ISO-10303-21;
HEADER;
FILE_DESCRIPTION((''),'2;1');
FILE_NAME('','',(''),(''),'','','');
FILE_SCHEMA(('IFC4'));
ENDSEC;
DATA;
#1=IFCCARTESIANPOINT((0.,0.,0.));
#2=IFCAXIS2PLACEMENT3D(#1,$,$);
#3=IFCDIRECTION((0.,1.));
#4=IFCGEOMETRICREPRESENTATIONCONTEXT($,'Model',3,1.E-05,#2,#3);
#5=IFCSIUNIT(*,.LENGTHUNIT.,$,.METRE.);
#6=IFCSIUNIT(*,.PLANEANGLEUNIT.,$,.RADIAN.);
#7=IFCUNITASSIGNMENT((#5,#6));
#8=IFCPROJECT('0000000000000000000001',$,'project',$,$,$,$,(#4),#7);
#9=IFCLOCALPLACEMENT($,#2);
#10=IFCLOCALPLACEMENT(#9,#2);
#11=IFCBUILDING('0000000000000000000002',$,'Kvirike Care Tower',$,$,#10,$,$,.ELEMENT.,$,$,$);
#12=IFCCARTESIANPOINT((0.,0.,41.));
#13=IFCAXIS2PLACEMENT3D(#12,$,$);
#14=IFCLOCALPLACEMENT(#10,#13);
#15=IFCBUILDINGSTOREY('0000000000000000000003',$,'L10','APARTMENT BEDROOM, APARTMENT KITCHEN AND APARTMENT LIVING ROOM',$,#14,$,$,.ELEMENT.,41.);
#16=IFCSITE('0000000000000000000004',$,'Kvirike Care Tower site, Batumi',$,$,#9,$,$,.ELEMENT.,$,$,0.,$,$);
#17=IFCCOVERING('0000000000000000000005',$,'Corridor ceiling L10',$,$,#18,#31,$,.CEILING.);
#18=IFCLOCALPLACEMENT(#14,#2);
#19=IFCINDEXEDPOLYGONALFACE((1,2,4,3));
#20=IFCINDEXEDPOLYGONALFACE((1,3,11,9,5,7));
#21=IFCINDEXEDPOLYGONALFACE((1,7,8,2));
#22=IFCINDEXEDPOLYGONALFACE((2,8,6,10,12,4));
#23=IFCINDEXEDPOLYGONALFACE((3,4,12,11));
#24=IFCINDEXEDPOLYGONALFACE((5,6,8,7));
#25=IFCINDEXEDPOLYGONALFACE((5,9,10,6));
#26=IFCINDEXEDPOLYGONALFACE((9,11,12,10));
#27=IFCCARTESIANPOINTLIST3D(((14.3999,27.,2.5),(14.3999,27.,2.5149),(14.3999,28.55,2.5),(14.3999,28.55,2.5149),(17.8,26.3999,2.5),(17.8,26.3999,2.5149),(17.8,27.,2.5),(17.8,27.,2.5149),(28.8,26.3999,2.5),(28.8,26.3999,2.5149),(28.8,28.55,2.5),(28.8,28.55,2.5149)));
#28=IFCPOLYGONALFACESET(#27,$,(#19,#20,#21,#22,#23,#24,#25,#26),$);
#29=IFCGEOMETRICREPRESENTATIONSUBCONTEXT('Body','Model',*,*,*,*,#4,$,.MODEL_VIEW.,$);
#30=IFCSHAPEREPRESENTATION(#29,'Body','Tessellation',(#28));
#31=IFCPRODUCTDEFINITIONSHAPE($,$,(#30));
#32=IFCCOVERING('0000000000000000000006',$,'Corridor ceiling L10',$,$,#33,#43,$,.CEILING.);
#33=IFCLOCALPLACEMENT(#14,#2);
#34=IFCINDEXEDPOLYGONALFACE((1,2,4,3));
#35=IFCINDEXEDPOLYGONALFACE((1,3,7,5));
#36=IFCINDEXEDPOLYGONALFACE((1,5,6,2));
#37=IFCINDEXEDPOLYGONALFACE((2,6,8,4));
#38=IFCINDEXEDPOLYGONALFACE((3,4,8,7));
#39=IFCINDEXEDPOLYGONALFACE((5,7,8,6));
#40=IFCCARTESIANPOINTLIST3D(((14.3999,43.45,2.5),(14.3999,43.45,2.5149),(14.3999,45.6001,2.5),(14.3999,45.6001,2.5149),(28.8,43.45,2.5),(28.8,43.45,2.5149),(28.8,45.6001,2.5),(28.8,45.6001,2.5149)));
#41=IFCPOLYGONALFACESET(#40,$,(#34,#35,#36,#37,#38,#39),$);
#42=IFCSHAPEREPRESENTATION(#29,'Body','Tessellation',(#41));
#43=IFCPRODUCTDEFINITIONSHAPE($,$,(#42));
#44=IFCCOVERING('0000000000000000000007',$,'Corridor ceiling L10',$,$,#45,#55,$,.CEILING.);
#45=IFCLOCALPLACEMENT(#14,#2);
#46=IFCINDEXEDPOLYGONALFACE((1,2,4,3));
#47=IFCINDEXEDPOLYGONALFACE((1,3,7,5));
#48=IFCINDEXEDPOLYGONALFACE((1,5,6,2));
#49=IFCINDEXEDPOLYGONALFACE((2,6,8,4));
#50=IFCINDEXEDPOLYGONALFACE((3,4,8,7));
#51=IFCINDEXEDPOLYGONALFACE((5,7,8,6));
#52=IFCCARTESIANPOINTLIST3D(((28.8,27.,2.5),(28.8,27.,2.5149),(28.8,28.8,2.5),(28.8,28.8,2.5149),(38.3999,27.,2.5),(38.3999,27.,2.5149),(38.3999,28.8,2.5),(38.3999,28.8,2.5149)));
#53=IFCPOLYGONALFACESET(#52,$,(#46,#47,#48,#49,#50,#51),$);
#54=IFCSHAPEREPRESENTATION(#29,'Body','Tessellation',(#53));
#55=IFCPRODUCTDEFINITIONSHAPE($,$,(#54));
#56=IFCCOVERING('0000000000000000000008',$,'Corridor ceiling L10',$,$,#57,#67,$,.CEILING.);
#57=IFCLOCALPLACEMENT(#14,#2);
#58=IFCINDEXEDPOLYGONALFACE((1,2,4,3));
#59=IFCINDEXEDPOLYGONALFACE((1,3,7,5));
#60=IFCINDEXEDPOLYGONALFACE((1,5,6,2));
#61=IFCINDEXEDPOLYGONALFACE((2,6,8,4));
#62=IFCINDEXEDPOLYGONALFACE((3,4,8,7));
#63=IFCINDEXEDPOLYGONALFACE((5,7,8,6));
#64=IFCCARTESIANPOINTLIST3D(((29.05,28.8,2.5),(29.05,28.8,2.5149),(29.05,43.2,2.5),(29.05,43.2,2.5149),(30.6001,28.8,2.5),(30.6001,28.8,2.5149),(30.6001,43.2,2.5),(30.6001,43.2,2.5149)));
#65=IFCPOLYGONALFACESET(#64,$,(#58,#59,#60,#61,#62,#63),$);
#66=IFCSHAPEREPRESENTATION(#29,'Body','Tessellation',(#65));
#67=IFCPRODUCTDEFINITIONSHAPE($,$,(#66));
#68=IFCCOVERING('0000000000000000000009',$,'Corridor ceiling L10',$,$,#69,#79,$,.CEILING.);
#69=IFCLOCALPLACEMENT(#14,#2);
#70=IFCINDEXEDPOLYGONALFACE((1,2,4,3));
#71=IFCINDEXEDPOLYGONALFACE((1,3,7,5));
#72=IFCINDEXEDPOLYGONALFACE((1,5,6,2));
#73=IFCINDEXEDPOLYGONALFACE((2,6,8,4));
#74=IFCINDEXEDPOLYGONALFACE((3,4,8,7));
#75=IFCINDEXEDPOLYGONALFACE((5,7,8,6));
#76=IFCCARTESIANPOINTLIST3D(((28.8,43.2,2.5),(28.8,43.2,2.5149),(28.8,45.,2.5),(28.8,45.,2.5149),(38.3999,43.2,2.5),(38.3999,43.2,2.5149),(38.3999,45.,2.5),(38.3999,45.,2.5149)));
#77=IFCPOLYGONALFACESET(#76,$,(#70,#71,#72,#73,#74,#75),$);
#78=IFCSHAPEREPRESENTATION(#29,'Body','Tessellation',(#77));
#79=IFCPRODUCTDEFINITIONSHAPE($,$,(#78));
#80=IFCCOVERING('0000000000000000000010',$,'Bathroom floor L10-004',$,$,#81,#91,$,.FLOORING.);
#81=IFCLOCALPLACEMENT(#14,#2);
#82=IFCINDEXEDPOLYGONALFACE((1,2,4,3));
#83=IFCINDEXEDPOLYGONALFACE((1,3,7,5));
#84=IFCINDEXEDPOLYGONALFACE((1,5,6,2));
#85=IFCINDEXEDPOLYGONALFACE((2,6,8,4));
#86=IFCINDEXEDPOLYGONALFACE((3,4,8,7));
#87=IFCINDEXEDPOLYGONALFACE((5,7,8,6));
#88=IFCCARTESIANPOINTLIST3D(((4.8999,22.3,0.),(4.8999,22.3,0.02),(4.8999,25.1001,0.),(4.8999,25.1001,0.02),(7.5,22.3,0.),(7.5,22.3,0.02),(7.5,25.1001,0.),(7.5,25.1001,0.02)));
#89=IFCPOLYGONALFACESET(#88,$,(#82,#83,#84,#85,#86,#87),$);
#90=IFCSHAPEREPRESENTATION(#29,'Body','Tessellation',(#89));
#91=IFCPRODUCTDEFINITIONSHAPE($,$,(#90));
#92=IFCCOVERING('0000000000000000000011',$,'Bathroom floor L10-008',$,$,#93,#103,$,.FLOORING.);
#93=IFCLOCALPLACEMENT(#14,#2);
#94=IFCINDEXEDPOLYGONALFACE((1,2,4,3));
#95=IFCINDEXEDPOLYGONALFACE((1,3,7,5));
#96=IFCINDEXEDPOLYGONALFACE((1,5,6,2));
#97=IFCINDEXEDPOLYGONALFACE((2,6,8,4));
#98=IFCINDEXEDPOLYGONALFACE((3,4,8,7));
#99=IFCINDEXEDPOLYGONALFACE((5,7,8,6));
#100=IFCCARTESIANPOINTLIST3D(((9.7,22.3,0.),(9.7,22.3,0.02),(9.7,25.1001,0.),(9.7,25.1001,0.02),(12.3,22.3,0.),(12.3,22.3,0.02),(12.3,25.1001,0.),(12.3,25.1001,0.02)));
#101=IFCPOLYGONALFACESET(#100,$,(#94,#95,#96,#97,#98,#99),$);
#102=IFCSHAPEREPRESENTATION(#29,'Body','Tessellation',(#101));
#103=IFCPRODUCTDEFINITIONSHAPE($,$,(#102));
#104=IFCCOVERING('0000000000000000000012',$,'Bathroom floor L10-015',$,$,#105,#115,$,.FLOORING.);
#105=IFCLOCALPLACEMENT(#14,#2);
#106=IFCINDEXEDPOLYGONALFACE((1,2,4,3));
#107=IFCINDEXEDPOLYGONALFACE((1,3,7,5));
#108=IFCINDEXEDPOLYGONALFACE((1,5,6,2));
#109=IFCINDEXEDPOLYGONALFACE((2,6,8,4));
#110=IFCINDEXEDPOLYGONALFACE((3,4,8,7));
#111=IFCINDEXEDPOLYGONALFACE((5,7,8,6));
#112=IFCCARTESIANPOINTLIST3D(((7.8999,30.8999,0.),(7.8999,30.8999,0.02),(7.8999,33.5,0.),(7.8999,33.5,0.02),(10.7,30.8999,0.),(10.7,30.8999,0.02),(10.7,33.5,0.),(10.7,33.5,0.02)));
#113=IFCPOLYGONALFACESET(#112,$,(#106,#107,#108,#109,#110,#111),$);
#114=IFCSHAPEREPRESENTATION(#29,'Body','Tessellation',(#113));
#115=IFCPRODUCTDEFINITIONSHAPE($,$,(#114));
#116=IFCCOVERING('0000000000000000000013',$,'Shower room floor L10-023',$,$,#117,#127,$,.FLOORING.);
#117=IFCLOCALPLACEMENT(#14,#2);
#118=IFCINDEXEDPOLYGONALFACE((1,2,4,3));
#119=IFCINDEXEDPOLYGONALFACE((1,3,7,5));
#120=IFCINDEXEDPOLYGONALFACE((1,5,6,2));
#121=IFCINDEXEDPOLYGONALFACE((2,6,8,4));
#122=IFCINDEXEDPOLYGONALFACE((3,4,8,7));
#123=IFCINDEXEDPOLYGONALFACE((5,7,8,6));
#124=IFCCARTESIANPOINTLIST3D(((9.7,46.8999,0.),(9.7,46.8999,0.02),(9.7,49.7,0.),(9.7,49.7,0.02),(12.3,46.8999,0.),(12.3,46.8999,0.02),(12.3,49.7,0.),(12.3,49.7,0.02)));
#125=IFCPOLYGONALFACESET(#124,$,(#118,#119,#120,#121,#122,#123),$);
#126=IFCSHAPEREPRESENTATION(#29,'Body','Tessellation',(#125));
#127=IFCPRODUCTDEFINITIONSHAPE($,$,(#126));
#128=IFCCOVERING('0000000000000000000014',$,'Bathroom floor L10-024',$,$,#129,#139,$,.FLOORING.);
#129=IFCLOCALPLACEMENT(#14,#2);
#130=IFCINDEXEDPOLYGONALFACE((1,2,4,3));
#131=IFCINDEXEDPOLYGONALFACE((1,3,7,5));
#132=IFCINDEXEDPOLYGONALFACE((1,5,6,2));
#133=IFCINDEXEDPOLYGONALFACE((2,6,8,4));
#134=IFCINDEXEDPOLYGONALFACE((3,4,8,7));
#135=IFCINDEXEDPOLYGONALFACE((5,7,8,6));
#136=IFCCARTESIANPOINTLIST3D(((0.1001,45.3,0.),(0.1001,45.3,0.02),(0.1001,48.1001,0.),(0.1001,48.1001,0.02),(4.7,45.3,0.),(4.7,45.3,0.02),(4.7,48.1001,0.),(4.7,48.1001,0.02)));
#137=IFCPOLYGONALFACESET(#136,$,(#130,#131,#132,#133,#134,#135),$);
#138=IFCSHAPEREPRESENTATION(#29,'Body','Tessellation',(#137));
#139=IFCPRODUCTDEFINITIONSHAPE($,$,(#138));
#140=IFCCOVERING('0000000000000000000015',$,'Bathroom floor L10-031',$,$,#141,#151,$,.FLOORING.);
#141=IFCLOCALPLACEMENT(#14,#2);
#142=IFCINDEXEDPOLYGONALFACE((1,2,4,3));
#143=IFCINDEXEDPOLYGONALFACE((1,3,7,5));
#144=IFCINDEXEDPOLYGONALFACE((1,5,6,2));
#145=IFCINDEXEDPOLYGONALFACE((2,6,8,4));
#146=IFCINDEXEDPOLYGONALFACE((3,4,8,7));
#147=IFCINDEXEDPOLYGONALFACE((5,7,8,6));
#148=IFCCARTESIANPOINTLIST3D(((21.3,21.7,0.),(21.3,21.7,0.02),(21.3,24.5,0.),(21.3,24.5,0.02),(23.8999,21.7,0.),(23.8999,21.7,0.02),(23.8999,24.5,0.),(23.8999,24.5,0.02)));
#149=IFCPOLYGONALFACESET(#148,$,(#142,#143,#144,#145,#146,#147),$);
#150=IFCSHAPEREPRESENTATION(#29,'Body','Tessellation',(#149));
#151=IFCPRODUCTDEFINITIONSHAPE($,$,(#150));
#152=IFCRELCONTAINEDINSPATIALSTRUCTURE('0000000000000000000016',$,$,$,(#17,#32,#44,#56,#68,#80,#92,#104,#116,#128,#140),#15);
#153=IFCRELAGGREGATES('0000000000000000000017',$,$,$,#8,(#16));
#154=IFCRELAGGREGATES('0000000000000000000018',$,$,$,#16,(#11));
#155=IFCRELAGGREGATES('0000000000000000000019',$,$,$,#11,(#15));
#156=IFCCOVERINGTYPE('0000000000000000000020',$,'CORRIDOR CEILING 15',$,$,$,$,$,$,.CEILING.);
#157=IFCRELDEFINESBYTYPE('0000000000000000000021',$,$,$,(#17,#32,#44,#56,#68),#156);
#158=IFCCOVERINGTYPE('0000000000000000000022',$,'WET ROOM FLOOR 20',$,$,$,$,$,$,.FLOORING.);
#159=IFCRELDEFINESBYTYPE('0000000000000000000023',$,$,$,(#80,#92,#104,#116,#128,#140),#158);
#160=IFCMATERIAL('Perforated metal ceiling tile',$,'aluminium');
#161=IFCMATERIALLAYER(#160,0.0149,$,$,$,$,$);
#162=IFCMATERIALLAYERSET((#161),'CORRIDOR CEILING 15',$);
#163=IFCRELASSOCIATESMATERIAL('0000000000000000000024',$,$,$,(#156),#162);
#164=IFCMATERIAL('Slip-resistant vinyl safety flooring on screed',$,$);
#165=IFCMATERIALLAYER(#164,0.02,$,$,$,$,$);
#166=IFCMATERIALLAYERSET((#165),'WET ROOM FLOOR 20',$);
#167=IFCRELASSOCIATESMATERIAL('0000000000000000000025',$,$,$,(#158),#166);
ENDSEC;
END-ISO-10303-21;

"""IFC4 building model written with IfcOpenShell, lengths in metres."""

from ifc_helpers import new_model, si_unit, direction, frame, origin, place, context, subcontext, project, spatial, polyline, outline, extrude, material, layer, layer_set, type_object, element, save


model = new_model("IFC4")

# Units and contexts
model_context = context("Model", 3, precision=1e-05, world=origin(), true_north=direction((0.0, 1.0)))
body_context = subcontext(model_context, "Body", "Model", "MODEL_VIEW")
ifc_project = project(units=[si_unit("LENGTHUNIT", "METRE"), si_unit("PLANEANGLEUNIT", "RADIAN")], contexts=[model_context])

# Site, building, storey
site_placement = place(None, origin())
site = spatial("IfcSite", under=ifc_project, at=site_placement, Name="Kvirike Care Tower site, Batumi", CompositionType="ELEMENT", RefElevation=0.0)
building_placement = place(site_placement, origin())
building = spatial("IfcBuilding", under=site, at=building_placement, Name="Kvirike Care Tower", CompositionType="ELEMENT")
storey_placement = place(building_placement, frame((0.0, 0.0, 41.0)))
storey = spatial("IfcBuildingStorey", under=building, at=storey_placement, Name="L10", Description="APARTMENT BEDROOM, APARTMENT KITCHEN AND APARTMENT LIVING ROOM", CompositionType="ELEMENT", Elevation=41.0)

# Coverings
ifc_material_1 = material(Name="Perforated metal ceiling tile", Category="aluminium")
ifc_layer_1 = layer(ifc_material_1, 0.0149)
ifc_layer_set_1 = layer_set([ifc_layer_1], Name="CORRIDOR CEILING 15")
covering_type_1 = type_object("IfcCoveringType", Name="CORRIDOR CEILING 15", PredefinedType="CEILING", material=ifc_layer_set_1)
covering_1_placement = place(storey_placement, frame((0.0, 0.0, 2.5)))
element("IfcCovering", 1, at=covering_1_placement, inside=storey, type_object=covering_type_1, Name="Corridor ceiling L10", PredefinedType="CEILING", context=body_context, shape_type="SweptSolid", body=[
    extrude(outline(polyline([(14.3999, 28.55), (28.8, 28.55), (28.8, 26.3999), (17.8, 26.3999), (17.8, 27.0), (14.3999, 27.0), (14.3999, 28.55)])), origin(), (0.0, 0.0, 1.0), 0.0149),
])
covering_2_placement = place(storey_placement, frame((0.0, 0.0, 2.5)))
element("IfcCovering", 2, at=covering_2_placement, inside=storey, type_object=covering_type_1, Name="Corridor ceiling L10", PredefinedType="CEILING", context=body_context, shape_type="SweptSolid", body=[
    extrude(outline(polyline([(28.8, 45.6001), (28.8, 43.45), (14.3999, 43.45), (14.3999, 45.6001), (28.8, 45.6001)])), origin(), (0.0, 0.0, 1.0), 0.0149),
])
covering_3_placement = place(storey_placement, frame((0.0, 0.0, 2.5)))
element("IfcCovering", 3, at=covering_3_placement, inside=storey, type_object=covering_type_1, Name="Corridor ceiling L10", PredefinedType="CEILING", context=body_context, shape_type="SweptSolid", body=[
    extrude(outline(polyline([(28.8, 27.0), (28.8, 28.8), (38.3999, 28.8), (38.3999, 27.0), (28.8, 27.0)])), origin(), (0.0, 0.0, 1.0), 0.0149),
])
covering_4_placement = place(storey_placement, frame((0.0, 0.0, 2.5)))
element("IfcCovering", 4, at=covering_4_placement, inside=storey, type_object=covering_type_1, Name="Corridor ceiling L10", PredefinedType="CEILING", context=body_context, shape_type="SweptSolid", body=[
    extrude(outline(polyline([(30.6001, 28.8), (29.05, 28.8), (29.05, 43.2), (30.6001, 43.2), (30.6001, 28.8)])), origin(), (0.0, 0.0, 1.0), 0.0149),
])
covering_5_placement = place(storey_placement, frame((0.0, 0.0, 2.5)))
element("IfcCovering", 5, at=covering_5_placement, inside=storey, type_object=covering_type_1, Name="Corridor ceiling L10", PredefinedType="CEILING", context=body_context, shape_type="SweptSolid", body=[
    extrude(outline(polyline([(38.3999, 45.0), (38.3999, 43.2), (28.8, 43.2), (28.8, 45.0), (38.3999, 45.0)])), origin(), (0.0, 0.0, 1.0), 0.0149),
])
ifc_material_2 = material(Name="Slip-resistant vinyl safety flooring on screed")
ifc_layer_2 = layer(ifc_material_2, 0.02)
ifc_layer_set_2 = layer_set([ifc_layer_2], Name="WET ROOM FLOOR 20")
covering_type_2 = type_object("IfcCoveringType", Name="WET ROOM FLOOR 20", PredefinedType="FLOORING", material=ifc_layer_set_2)
covering_6_placement = place(storey_placement, origin())
element("IfcCovering", 6, at=covering_6_placement, inside=storey, type_object=covering_type_2, Name="Bathroom floor L10-004", PredefinedType="FLOORING", context=body_context, shape_type="SweptSolid", body=[
    extrude(outline(polyline([(4.8999, 22.3), (4.8999, 25.1001), (7.5, 25.1001), (7.5, 22.3), (4.8999, 22.3)])), origin(), (0.0, 0.0, 1.0), 0.02),
])
covering_7_placement = place(storey_placement, origin())
element("IfcCovering", 7, at=covering_7_placement, inside=storey, type_object=covering_type_2, Name="Bathroom floor L10-008", PredefinedType="FLOORING", context=body_context, shape_type="SweptSolid", body=[
    extrude(outline(polyline([(9.7, 22.3), (9.7, 25.1001), (12.3, 25.1001), (12.3, 22.3), (9.7, 22.3)])), origin(), (0.0, 0.0, 1.0), 0.02),
])
covering_8_placement = place(storey_placement, origin())
element("IfcCovering", 8, at=covering_8_placement, inside=storey, type_object=covering_type_2, Name="Bathroom floor L10-015", PredefinedType="FLOORING", context=body_context, shape_type="SweptSolid", body=[
    extrude(outline(polyline([(7.8999, 33.5), (10.7, 33.5), (10.7, 30.8999), (7.8999, 30.8999), (7.8999, 33.5)])), origin(), (0.0, 0.0, 1.0), 0.02),
])
covering_9_placement = place(storey_placement, origin())
element("IfcCovering", 9, at=covering_9_placement, inside=storey, type_object=covering_type_2, Name="Shower room floor L10-023", PredefinedType="FLOORING", context=body_context, shape_type="SweptSolid", body=[
    extrude(outline(polyline([(12.3, 49.7), (12.3, 46.8999), (9.7, 46.8999), (9.7, 49.7), (12.3, 49.7)])), origin(), (0.0, 0.0, 1.0), 0.02),
])
covering_10_placement = place(storey_placement, origin())
element("IfcCovering", 10, at=covering_10_placement, inside=storey, type_object=covering_type_2, Name="Bathroom floor L10-024", PredefinedType="FLOORING", context=body_context, shape_type="SweptSolid", body=[
    extrude(outline(polyline([(4.7, 48.1001), (4.7, 45.3), (0.1001, 45.3), (0.1001, 48.1001), (4.7, 48.1001)])), origin(), (0.0, 0.0, 1.0), 0.02),
])
covering_11_placement = place(storey_placement, origin())
element("IfcCovering", 11, at=covering_11_placement, inside=storey, type_object=covering_type_2, Name="Bathroom floor L10-031", PredefinedType="FLOORING", context=body_context, shape_type="SweptSolid", body=[
    extrude(outline(polyline([(21.3, 21.7), (21.3, 24.5), (23.8999, 24.5), (23.8999, 21.7), (21.3, 21.7)])), origin(), (0.0, 0.0, 1.0), 0.02),
])

save(model, "model.ifc")
